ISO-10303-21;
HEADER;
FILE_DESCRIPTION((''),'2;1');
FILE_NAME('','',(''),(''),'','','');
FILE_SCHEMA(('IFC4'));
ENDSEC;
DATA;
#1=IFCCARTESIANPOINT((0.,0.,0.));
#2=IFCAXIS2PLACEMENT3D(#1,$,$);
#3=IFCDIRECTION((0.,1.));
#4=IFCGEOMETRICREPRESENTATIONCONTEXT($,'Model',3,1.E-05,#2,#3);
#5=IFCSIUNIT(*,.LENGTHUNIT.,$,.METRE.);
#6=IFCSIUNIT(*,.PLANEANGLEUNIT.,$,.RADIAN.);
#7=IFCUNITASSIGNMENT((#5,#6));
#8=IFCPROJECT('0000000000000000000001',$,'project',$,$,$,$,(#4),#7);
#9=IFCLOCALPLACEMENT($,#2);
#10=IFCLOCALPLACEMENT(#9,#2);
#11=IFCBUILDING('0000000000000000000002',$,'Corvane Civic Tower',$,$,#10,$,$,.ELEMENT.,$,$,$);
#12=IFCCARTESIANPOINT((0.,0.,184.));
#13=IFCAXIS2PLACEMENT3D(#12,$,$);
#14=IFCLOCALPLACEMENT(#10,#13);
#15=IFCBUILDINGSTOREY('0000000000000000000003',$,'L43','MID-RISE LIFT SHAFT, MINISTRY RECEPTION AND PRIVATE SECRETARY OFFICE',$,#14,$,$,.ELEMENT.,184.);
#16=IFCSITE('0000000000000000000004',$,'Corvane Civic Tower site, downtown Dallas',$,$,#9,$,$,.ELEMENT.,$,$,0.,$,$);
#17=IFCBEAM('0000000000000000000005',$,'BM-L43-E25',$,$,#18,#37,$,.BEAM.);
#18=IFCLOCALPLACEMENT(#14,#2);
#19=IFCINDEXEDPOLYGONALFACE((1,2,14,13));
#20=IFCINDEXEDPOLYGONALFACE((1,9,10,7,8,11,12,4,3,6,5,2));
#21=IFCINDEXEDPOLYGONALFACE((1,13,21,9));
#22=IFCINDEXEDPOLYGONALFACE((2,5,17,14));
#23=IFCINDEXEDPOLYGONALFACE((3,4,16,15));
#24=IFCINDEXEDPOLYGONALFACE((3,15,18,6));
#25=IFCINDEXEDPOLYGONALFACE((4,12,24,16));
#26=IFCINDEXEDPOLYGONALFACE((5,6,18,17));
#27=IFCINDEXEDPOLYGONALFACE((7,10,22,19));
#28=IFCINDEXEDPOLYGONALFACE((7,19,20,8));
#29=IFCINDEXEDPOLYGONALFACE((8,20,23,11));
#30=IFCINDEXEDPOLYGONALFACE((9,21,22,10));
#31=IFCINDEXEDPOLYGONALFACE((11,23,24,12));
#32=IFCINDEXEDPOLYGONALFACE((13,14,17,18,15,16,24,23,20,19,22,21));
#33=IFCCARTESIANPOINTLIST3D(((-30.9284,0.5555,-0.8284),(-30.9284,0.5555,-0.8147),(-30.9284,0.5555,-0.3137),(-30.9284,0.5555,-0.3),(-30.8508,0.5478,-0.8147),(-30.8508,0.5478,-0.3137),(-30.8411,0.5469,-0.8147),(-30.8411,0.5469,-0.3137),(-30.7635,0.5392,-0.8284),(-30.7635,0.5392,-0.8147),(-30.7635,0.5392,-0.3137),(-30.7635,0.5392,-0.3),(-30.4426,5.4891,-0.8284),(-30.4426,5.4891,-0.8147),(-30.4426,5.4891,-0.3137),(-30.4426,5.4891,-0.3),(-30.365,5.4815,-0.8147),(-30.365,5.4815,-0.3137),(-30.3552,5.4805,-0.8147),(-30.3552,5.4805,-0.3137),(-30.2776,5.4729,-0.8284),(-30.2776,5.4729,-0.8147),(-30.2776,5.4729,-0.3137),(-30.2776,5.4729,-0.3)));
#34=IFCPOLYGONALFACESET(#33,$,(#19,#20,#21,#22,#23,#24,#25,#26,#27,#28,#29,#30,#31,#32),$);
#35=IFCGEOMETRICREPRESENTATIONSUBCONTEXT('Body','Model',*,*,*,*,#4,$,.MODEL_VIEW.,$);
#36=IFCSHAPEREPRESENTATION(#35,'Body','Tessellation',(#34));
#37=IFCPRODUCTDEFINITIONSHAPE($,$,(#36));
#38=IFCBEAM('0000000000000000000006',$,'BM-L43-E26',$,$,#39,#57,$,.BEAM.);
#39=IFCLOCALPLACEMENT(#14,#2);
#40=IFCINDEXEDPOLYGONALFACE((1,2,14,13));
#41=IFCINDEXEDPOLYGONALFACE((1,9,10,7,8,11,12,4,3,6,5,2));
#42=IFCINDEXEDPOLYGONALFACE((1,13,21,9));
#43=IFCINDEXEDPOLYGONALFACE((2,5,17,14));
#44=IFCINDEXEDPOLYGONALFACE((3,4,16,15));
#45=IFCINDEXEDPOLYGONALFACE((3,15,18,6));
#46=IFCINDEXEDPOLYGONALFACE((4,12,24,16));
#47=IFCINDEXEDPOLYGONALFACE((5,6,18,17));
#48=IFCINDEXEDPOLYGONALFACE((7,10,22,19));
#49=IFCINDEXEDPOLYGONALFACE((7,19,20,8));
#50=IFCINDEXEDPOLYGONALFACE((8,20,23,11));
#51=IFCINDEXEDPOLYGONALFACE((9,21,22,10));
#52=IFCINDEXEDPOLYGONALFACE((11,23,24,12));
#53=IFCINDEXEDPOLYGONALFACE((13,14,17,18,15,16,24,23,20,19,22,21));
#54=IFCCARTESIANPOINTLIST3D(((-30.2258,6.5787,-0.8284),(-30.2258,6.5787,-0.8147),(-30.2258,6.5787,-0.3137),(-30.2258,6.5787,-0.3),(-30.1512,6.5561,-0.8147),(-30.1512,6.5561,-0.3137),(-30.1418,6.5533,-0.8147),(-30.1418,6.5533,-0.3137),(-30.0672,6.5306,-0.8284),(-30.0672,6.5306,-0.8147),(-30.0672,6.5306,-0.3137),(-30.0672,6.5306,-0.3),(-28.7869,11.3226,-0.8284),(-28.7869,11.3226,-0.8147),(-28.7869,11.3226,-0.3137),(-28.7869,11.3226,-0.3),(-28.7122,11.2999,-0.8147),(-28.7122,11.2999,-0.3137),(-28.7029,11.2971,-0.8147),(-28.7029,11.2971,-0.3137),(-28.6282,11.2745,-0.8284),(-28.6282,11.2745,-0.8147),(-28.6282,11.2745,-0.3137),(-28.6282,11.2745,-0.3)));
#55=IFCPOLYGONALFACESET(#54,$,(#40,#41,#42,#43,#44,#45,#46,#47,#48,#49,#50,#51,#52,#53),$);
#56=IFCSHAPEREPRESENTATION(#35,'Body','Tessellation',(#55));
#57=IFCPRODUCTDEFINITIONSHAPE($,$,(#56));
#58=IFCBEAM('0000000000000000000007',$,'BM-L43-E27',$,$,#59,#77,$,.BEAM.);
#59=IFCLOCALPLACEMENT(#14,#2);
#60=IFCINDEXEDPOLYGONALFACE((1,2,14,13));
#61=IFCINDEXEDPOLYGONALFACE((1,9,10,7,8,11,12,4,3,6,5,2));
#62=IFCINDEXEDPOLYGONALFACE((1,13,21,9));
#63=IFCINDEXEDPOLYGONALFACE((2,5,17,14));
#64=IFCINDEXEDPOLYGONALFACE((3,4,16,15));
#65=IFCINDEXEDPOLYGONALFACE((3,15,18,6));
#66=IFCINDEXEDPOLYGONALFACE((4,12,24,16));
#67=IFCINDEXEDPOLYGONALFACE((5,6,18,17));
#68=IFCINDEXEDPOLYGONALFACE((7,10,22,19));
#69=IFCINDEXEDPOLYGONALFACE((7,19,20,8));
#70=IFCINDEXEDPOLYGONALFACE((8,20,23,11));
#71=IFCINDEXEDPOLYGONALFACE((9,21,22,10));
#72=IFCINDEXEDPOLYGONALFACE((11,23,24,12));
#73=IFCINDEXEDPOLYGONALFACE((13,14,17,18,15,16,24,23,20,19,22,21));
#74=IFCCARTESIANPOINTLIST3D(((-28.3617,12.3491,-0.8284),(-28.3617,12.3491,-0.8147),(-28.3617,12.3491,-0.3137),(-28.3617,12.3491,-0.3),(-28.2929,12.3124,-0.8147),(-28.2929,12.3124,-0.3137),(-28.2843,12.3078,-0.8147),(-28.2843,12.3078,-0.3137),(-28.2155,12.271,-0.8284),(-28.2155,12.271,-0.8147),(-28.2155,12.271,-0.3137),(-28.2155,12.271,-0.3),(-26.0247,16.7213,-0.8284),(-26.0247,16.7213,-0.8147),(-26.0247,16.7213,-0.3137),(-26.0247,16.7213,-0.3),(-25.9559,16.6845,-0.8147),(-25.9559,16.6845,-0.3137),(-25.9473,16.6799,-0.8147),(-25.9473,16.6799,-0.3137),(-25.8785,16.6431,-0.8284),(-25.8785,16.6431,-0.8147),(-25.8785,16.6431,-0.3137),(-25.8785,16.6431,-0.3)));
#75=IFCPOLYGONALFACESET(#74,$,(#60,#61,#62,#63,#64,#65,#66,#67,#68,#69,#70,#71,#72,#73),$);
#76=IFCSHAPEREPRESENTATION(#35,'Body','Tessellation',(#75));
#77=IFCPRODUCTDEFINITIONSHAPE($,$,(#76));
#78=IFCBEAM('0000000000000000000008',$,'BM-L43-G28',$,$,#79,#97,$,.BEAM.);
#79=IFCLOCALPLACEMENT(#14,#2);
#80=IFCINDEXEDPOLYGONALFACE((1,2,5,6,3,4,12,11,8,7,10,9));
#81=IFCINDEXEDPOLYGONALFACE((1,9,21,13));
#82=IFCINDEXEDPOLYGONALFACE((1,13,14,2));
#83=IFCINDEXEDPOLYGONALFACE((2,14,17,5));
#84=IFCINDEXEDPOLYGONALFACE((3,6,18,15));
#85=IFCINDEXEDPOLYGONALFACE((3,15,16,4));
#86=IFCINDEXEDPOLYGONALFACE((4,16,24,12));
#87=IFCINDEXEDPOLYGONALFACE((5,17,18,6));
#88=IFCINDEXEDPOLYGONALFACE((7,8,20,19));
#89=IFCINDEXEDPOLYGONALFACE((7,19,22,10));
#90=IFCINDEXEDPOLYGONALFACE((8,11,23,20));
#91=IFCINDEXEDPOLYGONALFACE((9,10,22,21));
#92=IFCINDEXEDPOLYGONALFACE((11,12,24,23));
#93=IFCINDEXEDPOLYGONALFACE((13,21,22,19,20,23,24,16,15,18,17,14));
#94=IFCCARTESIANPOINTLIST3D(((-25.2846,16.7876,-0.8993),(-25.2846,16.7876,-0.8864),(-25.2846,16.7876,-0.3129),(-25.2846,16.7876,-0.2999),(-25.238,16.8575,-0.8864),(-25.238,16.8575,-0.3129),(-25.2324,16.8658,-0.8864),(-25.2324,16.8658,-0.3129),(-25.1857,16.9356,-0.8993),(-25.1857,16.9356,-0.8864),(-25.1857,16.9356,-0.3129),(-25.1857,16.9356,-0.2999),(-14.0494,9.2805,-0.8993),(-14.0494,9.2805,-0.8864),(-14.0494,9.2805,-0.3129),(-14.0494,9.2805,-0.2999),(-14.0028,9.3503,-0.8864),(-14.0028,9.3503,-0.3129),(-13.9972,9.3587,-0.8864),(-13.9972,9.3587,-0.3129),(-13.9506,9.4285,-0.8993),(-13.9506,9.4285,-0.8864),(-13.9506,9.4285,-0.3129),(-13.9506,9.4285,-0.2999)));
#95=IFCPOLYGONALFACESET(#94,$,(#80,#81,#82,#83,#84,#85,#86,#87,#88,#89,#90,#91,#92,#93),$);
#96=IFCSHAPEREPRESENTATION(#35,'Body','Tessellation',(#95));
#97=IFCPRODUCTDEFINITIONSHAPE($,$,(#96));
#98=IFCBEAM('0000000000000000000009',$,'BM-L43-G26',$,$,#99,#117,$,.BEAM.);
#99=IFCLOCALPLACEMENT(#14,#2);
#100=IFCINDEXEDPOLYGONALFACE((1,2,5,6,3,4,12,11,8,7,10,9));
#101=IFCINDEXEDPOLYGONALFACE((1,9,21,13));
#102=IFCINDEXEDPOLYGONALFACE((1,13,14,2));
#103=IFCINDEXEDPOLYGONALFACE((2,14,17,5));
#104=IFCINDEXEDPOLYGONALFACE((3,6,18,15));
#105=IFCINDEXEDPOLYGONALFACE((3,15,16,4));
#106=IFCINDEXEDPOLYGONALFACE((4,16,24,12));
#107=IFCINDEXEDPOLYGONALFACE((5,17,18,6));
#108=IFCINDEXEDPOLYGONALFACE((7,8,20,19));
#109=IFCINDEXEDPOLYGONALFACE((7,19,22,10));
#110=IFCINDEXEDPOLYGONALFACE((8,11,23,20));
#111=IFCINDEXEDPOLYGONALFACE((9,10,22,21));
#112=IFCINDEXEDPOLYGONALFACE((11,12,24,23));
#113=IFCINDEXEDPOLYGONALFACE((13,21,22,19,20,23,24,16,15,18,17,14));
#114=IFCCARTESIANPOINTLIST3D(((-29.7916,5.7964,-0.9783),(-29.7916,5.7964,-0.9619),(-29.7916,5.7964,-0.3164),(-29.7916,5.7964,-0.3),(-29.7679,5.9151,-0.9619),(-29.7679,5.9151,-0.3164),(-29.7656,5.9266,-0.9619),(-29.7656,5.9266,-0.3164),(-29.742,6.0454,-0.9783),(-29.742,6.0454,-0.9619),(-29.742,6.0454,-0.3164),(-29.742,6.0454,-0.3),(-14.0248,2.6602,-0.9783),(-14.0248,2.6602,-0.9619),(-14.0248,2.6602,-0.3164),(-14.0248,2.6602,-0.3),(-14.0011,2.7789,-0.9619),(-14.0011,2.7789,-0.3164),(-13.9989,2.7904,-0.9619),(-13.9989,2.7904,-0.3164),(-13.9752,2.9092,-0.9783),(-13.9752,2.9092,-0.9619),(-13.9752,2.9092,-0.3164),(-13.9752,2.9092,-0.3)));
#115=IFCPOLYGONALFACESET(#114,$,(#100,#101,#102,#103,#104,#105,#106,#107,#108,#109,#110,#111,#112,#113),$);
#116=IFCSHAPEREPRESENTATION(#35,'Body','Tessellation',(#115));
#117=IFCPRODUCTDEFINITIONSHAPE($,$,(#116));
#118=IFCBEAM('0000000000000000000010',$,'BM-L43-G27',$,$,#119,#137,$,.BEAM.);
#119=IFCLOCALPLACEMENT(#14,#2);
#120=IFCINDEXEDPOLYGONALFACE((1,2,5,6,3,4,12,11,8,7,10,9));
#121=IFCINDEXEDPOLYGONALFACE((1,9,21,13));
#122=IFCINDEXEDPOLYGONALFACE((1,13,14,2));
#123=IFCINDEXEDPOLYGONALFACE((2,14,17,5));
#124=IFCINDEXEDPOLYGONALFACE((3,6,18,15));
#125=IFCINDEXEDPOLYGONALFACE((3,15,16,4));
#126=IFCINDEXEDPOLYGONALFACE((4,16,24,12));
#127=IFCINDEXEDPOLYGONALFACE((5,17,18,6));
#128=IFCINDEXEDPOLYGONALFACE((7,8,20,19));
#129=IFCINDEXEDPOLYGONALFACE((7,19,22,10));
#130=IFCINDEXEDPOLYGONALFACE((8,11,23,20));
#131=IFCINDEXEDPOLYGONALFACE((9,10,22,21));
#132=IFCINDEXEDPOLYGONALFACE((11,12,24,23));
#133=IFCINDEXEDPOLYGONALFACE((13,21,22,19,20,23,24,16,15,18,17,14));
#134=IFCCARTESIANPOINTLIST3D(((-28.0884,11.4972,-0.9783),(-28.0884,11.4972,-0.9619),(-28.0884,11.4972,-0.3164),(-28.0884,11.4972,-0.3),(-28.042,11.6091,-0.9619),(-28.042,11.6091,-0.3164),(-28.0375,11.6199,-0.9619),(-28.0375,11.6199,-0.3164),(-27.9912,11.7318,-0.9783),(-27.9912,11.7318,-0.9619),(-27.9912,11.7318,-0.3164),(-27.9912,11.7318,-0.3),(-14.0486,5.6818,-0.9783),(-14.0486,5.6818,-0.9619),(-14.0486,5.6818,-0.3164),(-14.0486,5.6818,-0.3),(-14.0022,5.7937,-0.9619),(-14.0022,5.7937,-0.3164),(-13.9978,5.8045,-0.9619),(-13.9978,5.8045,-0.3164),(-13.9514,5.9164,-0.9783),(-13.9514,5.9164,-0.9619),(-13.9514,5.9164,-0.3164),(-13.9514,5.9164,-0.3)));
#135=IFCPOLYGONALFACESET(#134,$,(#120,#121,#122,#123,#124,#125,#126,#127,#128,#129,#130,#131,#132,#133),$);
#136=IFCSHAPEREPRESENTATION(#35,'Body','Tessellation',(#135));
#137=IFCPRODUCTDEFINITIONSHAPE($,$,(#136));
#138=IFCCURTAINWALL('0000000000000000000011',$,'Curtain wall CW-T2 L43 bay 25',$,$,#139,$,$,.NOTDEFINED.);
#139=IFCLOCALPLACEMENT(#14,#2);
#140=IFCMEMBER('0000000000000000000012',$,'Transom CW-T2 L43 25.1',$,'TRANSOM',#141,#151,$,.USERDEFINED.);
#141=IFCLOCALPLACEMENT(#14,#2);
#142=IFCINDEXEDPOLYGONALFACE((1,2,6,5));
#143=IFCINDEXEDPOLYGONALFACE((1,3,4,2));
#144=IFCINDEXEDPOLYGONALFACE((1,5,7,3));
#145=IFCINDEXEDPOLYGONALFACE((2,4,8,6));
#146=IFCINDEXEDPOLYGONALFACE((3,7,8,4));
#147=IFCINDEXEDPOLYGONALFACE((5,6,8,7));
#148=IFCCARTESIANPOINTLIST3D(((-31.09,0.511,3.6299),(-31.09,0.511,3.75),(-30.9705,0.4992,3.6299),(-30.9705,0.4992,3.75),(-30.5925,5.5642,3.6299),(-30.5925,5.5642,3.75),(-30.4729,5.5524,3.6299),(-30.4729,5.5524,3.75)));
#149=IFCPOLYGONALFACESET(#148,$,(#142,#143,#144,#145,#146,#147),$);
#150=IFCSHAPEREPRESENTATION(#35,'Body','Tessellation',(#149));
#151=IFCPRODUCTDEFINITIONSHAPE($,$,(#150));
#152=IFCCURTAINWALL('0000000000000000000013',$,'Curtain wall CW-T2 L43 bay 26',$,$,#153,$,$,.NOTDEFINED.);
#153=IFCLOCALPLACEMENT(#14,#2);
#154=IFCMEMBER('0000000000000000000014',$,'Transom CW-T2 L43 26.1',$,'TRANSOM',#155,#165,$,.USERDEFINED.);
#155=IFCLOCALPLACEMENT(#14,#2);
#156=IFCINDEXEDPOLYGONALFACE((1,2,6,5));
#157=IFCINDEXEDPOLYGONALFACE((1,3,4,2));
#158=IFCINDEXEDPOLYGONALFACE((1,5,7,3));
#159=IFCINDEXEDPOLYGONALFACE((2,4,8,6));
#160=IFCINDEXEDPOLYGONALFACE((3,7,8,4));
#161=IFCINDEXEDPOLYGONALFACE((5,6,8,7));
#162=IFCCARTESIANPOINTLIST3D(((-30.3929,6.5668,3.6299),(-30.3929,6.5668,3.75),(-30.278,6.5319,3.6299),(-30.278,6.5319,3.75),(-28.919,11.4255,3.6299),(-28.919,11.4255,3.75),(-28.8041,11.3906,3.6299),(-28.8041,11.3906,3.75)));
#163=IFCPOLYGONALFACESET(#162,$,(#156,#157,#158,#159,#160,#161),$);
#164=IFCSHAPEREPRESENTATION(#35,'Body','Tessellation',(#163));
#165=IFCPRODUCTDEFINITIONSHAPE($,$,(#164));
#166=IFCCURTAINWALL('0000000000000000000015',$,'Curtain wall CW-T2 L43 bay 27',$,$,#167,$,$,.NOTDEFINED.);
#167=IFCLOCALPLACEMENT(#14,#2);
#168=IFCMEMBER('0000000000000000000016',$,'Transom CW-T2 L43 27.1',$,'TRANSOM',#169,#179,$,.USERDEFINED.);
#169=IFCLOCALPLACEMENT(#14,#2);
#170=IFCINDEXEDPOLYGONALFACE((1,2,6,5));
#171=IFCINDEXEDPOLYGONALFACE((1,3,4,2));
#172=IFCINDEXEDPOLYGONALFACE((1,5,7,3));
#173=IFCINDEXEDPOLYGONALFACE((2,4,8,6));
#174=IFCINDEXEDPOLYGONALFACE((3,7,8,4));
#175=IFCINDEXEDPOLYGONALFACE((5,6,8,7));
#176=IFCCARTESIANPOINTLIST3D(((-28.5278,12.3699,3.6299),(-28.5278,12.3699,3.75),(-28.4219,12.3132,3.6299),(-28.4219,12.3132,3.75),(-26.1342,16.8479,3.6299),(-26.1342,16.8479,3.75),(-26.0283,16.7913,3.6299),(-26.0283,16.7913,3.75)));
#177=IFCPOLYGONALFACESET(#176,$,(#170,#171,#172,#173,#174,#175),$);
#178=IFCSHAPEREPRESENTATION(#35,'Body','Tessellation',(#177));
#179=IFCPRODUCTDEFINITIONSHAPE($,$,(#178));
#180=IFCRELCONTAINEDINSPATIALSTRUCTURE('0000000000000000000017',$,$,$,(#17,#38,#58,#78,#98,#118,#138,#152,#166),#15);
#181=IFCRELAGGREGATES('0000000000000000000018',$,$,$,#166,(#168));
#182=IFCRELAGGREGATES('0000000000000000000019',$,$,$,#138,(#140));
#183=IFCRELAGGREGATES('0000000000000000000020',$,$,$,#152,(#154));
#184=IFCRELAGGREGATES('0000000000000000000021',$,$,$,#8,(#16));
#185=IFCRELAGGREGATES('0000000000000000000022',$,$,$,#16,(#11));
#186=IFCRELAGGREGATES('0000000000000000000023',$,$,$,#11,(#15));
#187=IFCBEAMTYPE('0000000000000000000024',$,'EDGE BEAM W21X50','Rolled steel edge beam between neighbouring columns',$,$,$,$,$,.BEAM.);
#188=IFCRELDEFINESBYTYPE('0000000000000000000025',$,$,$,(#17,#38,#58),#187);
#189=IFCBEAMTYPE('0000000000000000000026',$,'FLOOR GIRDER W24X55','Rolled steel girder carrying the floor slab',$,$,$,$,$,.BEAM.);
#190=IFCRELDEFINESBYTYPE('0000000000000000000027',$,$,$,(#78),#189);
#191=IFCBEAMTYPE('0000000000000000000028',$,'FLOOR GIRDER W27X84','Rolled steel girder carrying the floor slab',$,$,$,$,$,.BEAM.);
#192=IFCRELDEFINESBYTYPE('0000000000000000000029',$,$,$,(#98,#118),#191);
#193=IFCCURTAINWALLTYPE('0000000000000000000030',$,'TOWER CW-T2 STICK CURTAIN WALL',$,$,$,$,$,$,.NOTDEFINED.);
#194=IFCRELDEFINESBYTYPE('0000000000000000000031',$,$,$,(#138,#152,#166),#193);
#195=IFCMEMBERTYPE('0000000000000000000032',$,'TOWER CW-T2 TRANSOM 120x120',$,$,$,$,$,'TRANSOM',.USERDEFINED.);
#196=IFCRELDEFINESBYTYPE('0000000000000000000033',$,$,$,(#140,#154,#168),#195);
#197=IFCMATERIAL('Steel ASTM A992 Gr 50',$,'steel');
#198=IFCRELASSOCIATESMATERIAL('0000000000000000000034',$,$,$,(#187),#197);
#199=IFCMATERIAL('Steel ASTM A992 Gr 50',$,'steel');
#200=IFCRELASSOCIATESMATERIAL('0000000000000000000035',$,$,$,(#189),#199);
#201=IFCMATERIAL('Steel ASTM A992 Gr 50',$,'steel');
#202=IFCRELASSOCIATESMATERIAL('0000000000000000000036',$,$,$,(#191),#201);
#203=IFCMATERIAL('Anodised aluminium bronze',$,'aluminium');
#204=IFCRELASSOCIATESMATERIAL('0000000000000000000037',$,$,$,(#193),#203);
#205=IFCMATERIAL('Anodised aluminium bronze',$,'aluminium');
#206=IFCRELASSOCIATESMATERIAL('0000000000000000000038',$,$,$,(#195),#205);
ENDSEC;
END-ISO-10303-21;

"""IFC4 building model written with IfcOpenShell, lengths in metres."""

from ifc_helpers import new_model, si_unit, direction, frame, origin, origin_2d, place, context, subcontext, project, spatial, rectangle, i_section, extrude, material, material_profile, profile_set, type_object, element, aggregate, save


model = new_model("IFC4")

# Units and contexts
model_context = context("Model", 3, precision=1e-05, world=origin(), true_north=direction((0.0, 1.0)))
body_context = subcontext(model_context, "Body", "Model", "MODEL_VIEW")
ifc_project = project(units=[si_unit("LENGTHUNIT", "METRE"), si_unit("PLANEANGLEUNIT", "RADIAN")], contexts=[model_context])

# Site, building, storey
site_placement = place(None, origin())
site = spatial("IfcSite", under=ifc_project, at=site_placement, Name="Corvane Civic Tower site, downtown Dallas", CompositionType="ELEMENT", RefElevation=0.0)
building_placement = place(site_placement, origin())
building = spatial("IfcBuilding", under=site, at=building_placement, Name="Corvane Civic Tower", CompositionType="ELEMENT")
storey_placement = place(building_placement, frame((0.0, 0.0, 184.0)))
storey = spatial("IfcBuildingStorey", under=building, at=storey_placement, Name="L43", Description="MID-RISE LIFT SHAFT, MINISTRY RECEPTION AND PRIVATE SECRETARY OFFICE", CompositionType="ELEMENT", Elevation=184.0)

# Beams
ifc_material_1 = material(Name="Steel ASTM A992 Gr 50", Category="steel")
ifc_material_profile_1 = material_profile(ifc_material_1, i_section(OverallWidth=0.1658, OverallDepth=0.5283, WebThickness=0.0098, FlangeThickness=0.0137, at=origin_2d()), Name="W21X50")
ifc_profile_set_1 = profile_set([ifc_material_profile_1], Name="Steel ASTM A992 Gr 50")
beam_type_1 = type_object("IfcBeamType", Name="EDGE BEAM W21X50", Description="Rolled steel edge beam between neighbouring columns", PredefinedType="BEAM", material=ifc_profile_set_1)
beam_1_placement = place(storey_placement, frame((-30.8459, 0.5474, -0.5642), z_axis=(0.098002, 0.995186, 0.0), x_axis=(-0.995186, 0.098002, 0.0)))
element("IfcBeam", 1, at=beam_1_placement, inside=storey, type_object=beam_type_1, Name="BM-L43-E25", PredefinedType="BEAM", context=body_context, shape_type="SweptSolid", body=[
    extrude(i_section(OverallWidth=0.1658, OverallDepth=0.5283, WebThickness=0.0098, FlangeThickness=0.0137, at=origin_2d()), origin(), (0.0, 0.0, 1.0), 4.9575),
])
beam_2_placement = place(storey_placement, frame((-30.1465, 6.5547, -0.5642), z_axis=(0.29027, 0.956945, 0.0), x_axis=(-0.956945, 0.29027, 0.0)))
element("IfcBeam", 2, at=beam_2_placement, inside=storey, type_object=beam_type_1, Name="BM-L43-E26", PredefinedType="BEAM", context=body_context, shape_type="SweptSolid", body=[
    extrude(i_section(OverallWidth=0.1658, OverallDepth=0.5283, WebThickness=0.0098, FlangeThickness=0.0137, at=origin_2d()), origin(), (0.0, 0.0, 1.0), 4.9573),
])
beam_3_placement = place(storey_placement, frame((-28.2886, 12.3101, -0.5642), z_axis=(0.471396, 0.881922, 0.0), x_axis=(-0.881922, 0.471396, 0.0)))
element("IfcBeam", 3, at=beam_3_placement, inside=storey, type_object=beam_type_1, Name="BM-L43-E27", PredefinedType="BEAM", context=body_context, shape_type="SweptSolid", body=[
    extrude(i_section(OverallWidth=0.1658, OverallDepth=0.5283, WebThickness=0.0098, FlangeThickness=0.0137, at=origin_2d()), origin(), (0.0, 0.0, 1.0), 4.9575),
])
ifc_material_2 = material(Name="Steel ASTM A992 Gr 50", Category="steel")
ifc_material_profile_2 = material_profile(ifc_material_2, i_section(OverallWidth=0.178, OverallDepth=0.5994, WebThickness=0.01, FlangeThickness=0.0129, at=origin_2d()), Name="W24X55")
ifc_profile_set_2 = profile_set([ifc_material_profile_2], Name="Steel ASTM A992 Gr 50")
beam_type_2 = type_object("IfcBeamType", Name="FLOOR GIRDER W24X55", Description="Rolled steel girder carrying the floor slab", PredefinedType="BEAM", material=ifc_profile_set_2)
beam_4_placement = place(storey_placement, frame((-14.0, 9.3545, -0.5996), z_axis=(-0.831469, 0.555571, 0.0), x_axis=(-0.555571, -0.831469, 0.0)))
element("IfcBeam", 4, at=beam_4_placement, inside=storey, type_object=beam_type_2, Name="BM-L43-G28", PredefinedType="BEAM", context=body_context, shape_type="SweptSolid", body=[
    extrude(i_section(OverallWidth=0.178, OverallDepth=0.5994, WebThickness=0.01, FlangeThickness=0.0129, at=origin_2d()), origin(), (0.0, 0.0, 1.0), 13.5125),
])
ifc_material_3 = material(Name="Steel ASTM A992 Gr 50", Category="steel")
ifc_material_profile_3 = material_profile(ifc_material_3, i_section(OverallWidth=0.2539, OverallDepth=0.6782, WebThickness=0.0117, FlangeThickness=0.0164, at=origin_2d()), Name="W27X84")
ifc_profile_set_3 = profile_set([ifc_material_profile_3], Name="Steel ASTM A992 Gr 50")
beam_type_3 = type_object("IfcBeamType", Name="FLOOR GIRDER W27X84", Description="Rolled steel girder carrying the floor slab", PredefinedType="BEAM", material=ifc_profile_set_3)
beam_5_placement = place(storey_placement, frame((-14.0, 2.7847, -0.6392), z_axis=(-0.980785, 0.195091, 0.0), x_axis=(-0.195091, -0.980785, 0.0)))
element("IfcBeam", 5, at=beam_5_placement, inside=storey, type_object=beam_type_3, Name="BM-L43-G26", PredefinedType="BEAM", context=body_context, shape_type="SweptSolid", body=[
    extrude(i_section(OverallWidth=0.2539, OverallDepth=0.6782, WebThickness=0.0117, FlangeThickness=0.0164, at=origin_2d()), origin(), (0.0, 0.0, 1.0), 16.0757),
])
beam_6_placement = place(storey_placement, frame((-14.0, 5.7991, -0.6392), z_axis=(-0.923881, 0.382681, 0.0), x_axis=(-0.382681, -0.923881, 0.0)))
element("IfcBeam", 6, at=beam_6_placement, inside=storey, type_object=beam_type_3, Name="BM-L43-G27", PredefinedType="BEAM", context=body_context, shape_type="SweptSolid", body=[
    extrude(i_section(OverallWidth=0.2539, OverallDepth=0.6782, WebThickness=0.0117, FlangeThickness=0.0164, at=origin_2d()), origin(), (0.0, 0.0, 1.0), 15.1965),
])

# Curtain walls, members
ifc_material_4 = material(Name="Anodised aluminium bronze", Category="aluminium")
curtain_wall_type = type_object("IfcCurtainWallType", Name="TOWER CW-T2 STICK CURTAIN WALL", PredefinedType="NOTDEFINED", material=ifc_material_4)
curtain_wall_1_placement = place(storey_placement, origin())
curtain_wall_1 = element("IfcCurtainWall", 7, at=curtain_wall_1_placement, inside=storey, type_object=curtain_wall_type, Name="Curtain wall CW-T2 L43 bay 25", PredefinedType="NOTDEFINED")
ifc_material_5 = material(Name="Anodised aluminium bronze", Category="aluminium")
ifc_material_profile_4 = material_profile(ifc_material_5, rectangle(XDim=0.1201, YDim=0.1201, at=origin_2d()), Name="TOWER CW-T2 TRANSOM 120x120")
ifc_profile_set_4 = profile_set([ifc_material_profile_4], Name="Anodised aluminium bronze")
member_type = type_object("IfcMemberType", Name="TOWER CW-T2 TRANSOM 120x120", ElementType="TRANSOM", PredefinedType="USERDEFINED", material=ifc_profile_set_4)
member_1_placement = place(storey_placement, frame((-31.0303, 0.5051, 3.6899), z_axis=(0.09799, 0.995187, 0.0), x_axis=(-0.995187, 0.09799, 0.0)))
member_1 = element("IfcMember", 8, at=member_1_placement, type_object=member_type, Name="Transom CW-T2 L43 25.1", ObjectType="TRANSOM", PredefinedType="USERDEFINED", context=body_context, shape_type="SweptSolid", body=[
    extrude(rectangle(XDim=0.1201, YDim=0.1201, at=origin_2d()), origin(), (0.0, 0.0, 1.0), 5.0776),
])
curtain_wall_2_placement = place(storey_placement, origin())
curtain_wall_2 = element("IfcCurtainWall", 9, at=curtain_wall_2_placement, inside=storey, type_object=curtain_wall_type, Name="Curtain wall CW-T2 L43 bay 26", PredefinedType="NOTDEFINED")
member_2_placement = place(storey_placement, frame((-30.3354, 6.5493, 3.6899), z_axis=(0.290289, 0.956939, 0.0), x_axis=(-0.956939, 0.290289, 0.0)))
member_2 = element("IfcMember", 10, at=member_2_placement, type_object=member_type, Name="Transom CW-T2 L43 26.1", ObjectType="TRANSOM", PredefinedType="USERDEFINED", context=body_context, shape_type="SweptSolid", body=[
    extrude(rectangle(XDim=0.1201, YDim=0.1201, at=origin_2d()), origin(), (0.0, 0.0, 1.0), 5.0774),
])
curtain_wall_3_placement = place(storey_placement, origin())
curtain_wall_3 = element("IfcCurtainWall", 11, at=curtain_wall_3_placement, inside=storey, type_object=curtain_wall_type, Name="Curtain wall CW-T2 L43 bay 27", PredefinedType="NOTDEFINED")
member_3_placement = place(storey_placement, frame((-28.4749, 12.3416, 3.6899), z_axis=(0.471397, 0.881921, 0.0), x_axis=(-0.881921, 0.471397, 0.0)))
member_3 = element("IfcMember", 12, at=member_3_placement, type_object=member_type, Name="Transom CW-T2 L43 27.1", ObjectType="TRANSOM", PredefinedType="USERDEFINED", context=body_context, shape_type="SweptSolid", body=[
    extrude(rectangle(XDim=0.1201, YDim=0.1201, at=origin_2d()), origin(), (0.0, 0.0, 1.0), 5.0776),
])
aggregate(curtain_wall_3, [member_3])

aggregate(curtain_wall_1, [member_1])
aggregate(curtain_wall_2, [member_2])

save(model, "model.ifc")
